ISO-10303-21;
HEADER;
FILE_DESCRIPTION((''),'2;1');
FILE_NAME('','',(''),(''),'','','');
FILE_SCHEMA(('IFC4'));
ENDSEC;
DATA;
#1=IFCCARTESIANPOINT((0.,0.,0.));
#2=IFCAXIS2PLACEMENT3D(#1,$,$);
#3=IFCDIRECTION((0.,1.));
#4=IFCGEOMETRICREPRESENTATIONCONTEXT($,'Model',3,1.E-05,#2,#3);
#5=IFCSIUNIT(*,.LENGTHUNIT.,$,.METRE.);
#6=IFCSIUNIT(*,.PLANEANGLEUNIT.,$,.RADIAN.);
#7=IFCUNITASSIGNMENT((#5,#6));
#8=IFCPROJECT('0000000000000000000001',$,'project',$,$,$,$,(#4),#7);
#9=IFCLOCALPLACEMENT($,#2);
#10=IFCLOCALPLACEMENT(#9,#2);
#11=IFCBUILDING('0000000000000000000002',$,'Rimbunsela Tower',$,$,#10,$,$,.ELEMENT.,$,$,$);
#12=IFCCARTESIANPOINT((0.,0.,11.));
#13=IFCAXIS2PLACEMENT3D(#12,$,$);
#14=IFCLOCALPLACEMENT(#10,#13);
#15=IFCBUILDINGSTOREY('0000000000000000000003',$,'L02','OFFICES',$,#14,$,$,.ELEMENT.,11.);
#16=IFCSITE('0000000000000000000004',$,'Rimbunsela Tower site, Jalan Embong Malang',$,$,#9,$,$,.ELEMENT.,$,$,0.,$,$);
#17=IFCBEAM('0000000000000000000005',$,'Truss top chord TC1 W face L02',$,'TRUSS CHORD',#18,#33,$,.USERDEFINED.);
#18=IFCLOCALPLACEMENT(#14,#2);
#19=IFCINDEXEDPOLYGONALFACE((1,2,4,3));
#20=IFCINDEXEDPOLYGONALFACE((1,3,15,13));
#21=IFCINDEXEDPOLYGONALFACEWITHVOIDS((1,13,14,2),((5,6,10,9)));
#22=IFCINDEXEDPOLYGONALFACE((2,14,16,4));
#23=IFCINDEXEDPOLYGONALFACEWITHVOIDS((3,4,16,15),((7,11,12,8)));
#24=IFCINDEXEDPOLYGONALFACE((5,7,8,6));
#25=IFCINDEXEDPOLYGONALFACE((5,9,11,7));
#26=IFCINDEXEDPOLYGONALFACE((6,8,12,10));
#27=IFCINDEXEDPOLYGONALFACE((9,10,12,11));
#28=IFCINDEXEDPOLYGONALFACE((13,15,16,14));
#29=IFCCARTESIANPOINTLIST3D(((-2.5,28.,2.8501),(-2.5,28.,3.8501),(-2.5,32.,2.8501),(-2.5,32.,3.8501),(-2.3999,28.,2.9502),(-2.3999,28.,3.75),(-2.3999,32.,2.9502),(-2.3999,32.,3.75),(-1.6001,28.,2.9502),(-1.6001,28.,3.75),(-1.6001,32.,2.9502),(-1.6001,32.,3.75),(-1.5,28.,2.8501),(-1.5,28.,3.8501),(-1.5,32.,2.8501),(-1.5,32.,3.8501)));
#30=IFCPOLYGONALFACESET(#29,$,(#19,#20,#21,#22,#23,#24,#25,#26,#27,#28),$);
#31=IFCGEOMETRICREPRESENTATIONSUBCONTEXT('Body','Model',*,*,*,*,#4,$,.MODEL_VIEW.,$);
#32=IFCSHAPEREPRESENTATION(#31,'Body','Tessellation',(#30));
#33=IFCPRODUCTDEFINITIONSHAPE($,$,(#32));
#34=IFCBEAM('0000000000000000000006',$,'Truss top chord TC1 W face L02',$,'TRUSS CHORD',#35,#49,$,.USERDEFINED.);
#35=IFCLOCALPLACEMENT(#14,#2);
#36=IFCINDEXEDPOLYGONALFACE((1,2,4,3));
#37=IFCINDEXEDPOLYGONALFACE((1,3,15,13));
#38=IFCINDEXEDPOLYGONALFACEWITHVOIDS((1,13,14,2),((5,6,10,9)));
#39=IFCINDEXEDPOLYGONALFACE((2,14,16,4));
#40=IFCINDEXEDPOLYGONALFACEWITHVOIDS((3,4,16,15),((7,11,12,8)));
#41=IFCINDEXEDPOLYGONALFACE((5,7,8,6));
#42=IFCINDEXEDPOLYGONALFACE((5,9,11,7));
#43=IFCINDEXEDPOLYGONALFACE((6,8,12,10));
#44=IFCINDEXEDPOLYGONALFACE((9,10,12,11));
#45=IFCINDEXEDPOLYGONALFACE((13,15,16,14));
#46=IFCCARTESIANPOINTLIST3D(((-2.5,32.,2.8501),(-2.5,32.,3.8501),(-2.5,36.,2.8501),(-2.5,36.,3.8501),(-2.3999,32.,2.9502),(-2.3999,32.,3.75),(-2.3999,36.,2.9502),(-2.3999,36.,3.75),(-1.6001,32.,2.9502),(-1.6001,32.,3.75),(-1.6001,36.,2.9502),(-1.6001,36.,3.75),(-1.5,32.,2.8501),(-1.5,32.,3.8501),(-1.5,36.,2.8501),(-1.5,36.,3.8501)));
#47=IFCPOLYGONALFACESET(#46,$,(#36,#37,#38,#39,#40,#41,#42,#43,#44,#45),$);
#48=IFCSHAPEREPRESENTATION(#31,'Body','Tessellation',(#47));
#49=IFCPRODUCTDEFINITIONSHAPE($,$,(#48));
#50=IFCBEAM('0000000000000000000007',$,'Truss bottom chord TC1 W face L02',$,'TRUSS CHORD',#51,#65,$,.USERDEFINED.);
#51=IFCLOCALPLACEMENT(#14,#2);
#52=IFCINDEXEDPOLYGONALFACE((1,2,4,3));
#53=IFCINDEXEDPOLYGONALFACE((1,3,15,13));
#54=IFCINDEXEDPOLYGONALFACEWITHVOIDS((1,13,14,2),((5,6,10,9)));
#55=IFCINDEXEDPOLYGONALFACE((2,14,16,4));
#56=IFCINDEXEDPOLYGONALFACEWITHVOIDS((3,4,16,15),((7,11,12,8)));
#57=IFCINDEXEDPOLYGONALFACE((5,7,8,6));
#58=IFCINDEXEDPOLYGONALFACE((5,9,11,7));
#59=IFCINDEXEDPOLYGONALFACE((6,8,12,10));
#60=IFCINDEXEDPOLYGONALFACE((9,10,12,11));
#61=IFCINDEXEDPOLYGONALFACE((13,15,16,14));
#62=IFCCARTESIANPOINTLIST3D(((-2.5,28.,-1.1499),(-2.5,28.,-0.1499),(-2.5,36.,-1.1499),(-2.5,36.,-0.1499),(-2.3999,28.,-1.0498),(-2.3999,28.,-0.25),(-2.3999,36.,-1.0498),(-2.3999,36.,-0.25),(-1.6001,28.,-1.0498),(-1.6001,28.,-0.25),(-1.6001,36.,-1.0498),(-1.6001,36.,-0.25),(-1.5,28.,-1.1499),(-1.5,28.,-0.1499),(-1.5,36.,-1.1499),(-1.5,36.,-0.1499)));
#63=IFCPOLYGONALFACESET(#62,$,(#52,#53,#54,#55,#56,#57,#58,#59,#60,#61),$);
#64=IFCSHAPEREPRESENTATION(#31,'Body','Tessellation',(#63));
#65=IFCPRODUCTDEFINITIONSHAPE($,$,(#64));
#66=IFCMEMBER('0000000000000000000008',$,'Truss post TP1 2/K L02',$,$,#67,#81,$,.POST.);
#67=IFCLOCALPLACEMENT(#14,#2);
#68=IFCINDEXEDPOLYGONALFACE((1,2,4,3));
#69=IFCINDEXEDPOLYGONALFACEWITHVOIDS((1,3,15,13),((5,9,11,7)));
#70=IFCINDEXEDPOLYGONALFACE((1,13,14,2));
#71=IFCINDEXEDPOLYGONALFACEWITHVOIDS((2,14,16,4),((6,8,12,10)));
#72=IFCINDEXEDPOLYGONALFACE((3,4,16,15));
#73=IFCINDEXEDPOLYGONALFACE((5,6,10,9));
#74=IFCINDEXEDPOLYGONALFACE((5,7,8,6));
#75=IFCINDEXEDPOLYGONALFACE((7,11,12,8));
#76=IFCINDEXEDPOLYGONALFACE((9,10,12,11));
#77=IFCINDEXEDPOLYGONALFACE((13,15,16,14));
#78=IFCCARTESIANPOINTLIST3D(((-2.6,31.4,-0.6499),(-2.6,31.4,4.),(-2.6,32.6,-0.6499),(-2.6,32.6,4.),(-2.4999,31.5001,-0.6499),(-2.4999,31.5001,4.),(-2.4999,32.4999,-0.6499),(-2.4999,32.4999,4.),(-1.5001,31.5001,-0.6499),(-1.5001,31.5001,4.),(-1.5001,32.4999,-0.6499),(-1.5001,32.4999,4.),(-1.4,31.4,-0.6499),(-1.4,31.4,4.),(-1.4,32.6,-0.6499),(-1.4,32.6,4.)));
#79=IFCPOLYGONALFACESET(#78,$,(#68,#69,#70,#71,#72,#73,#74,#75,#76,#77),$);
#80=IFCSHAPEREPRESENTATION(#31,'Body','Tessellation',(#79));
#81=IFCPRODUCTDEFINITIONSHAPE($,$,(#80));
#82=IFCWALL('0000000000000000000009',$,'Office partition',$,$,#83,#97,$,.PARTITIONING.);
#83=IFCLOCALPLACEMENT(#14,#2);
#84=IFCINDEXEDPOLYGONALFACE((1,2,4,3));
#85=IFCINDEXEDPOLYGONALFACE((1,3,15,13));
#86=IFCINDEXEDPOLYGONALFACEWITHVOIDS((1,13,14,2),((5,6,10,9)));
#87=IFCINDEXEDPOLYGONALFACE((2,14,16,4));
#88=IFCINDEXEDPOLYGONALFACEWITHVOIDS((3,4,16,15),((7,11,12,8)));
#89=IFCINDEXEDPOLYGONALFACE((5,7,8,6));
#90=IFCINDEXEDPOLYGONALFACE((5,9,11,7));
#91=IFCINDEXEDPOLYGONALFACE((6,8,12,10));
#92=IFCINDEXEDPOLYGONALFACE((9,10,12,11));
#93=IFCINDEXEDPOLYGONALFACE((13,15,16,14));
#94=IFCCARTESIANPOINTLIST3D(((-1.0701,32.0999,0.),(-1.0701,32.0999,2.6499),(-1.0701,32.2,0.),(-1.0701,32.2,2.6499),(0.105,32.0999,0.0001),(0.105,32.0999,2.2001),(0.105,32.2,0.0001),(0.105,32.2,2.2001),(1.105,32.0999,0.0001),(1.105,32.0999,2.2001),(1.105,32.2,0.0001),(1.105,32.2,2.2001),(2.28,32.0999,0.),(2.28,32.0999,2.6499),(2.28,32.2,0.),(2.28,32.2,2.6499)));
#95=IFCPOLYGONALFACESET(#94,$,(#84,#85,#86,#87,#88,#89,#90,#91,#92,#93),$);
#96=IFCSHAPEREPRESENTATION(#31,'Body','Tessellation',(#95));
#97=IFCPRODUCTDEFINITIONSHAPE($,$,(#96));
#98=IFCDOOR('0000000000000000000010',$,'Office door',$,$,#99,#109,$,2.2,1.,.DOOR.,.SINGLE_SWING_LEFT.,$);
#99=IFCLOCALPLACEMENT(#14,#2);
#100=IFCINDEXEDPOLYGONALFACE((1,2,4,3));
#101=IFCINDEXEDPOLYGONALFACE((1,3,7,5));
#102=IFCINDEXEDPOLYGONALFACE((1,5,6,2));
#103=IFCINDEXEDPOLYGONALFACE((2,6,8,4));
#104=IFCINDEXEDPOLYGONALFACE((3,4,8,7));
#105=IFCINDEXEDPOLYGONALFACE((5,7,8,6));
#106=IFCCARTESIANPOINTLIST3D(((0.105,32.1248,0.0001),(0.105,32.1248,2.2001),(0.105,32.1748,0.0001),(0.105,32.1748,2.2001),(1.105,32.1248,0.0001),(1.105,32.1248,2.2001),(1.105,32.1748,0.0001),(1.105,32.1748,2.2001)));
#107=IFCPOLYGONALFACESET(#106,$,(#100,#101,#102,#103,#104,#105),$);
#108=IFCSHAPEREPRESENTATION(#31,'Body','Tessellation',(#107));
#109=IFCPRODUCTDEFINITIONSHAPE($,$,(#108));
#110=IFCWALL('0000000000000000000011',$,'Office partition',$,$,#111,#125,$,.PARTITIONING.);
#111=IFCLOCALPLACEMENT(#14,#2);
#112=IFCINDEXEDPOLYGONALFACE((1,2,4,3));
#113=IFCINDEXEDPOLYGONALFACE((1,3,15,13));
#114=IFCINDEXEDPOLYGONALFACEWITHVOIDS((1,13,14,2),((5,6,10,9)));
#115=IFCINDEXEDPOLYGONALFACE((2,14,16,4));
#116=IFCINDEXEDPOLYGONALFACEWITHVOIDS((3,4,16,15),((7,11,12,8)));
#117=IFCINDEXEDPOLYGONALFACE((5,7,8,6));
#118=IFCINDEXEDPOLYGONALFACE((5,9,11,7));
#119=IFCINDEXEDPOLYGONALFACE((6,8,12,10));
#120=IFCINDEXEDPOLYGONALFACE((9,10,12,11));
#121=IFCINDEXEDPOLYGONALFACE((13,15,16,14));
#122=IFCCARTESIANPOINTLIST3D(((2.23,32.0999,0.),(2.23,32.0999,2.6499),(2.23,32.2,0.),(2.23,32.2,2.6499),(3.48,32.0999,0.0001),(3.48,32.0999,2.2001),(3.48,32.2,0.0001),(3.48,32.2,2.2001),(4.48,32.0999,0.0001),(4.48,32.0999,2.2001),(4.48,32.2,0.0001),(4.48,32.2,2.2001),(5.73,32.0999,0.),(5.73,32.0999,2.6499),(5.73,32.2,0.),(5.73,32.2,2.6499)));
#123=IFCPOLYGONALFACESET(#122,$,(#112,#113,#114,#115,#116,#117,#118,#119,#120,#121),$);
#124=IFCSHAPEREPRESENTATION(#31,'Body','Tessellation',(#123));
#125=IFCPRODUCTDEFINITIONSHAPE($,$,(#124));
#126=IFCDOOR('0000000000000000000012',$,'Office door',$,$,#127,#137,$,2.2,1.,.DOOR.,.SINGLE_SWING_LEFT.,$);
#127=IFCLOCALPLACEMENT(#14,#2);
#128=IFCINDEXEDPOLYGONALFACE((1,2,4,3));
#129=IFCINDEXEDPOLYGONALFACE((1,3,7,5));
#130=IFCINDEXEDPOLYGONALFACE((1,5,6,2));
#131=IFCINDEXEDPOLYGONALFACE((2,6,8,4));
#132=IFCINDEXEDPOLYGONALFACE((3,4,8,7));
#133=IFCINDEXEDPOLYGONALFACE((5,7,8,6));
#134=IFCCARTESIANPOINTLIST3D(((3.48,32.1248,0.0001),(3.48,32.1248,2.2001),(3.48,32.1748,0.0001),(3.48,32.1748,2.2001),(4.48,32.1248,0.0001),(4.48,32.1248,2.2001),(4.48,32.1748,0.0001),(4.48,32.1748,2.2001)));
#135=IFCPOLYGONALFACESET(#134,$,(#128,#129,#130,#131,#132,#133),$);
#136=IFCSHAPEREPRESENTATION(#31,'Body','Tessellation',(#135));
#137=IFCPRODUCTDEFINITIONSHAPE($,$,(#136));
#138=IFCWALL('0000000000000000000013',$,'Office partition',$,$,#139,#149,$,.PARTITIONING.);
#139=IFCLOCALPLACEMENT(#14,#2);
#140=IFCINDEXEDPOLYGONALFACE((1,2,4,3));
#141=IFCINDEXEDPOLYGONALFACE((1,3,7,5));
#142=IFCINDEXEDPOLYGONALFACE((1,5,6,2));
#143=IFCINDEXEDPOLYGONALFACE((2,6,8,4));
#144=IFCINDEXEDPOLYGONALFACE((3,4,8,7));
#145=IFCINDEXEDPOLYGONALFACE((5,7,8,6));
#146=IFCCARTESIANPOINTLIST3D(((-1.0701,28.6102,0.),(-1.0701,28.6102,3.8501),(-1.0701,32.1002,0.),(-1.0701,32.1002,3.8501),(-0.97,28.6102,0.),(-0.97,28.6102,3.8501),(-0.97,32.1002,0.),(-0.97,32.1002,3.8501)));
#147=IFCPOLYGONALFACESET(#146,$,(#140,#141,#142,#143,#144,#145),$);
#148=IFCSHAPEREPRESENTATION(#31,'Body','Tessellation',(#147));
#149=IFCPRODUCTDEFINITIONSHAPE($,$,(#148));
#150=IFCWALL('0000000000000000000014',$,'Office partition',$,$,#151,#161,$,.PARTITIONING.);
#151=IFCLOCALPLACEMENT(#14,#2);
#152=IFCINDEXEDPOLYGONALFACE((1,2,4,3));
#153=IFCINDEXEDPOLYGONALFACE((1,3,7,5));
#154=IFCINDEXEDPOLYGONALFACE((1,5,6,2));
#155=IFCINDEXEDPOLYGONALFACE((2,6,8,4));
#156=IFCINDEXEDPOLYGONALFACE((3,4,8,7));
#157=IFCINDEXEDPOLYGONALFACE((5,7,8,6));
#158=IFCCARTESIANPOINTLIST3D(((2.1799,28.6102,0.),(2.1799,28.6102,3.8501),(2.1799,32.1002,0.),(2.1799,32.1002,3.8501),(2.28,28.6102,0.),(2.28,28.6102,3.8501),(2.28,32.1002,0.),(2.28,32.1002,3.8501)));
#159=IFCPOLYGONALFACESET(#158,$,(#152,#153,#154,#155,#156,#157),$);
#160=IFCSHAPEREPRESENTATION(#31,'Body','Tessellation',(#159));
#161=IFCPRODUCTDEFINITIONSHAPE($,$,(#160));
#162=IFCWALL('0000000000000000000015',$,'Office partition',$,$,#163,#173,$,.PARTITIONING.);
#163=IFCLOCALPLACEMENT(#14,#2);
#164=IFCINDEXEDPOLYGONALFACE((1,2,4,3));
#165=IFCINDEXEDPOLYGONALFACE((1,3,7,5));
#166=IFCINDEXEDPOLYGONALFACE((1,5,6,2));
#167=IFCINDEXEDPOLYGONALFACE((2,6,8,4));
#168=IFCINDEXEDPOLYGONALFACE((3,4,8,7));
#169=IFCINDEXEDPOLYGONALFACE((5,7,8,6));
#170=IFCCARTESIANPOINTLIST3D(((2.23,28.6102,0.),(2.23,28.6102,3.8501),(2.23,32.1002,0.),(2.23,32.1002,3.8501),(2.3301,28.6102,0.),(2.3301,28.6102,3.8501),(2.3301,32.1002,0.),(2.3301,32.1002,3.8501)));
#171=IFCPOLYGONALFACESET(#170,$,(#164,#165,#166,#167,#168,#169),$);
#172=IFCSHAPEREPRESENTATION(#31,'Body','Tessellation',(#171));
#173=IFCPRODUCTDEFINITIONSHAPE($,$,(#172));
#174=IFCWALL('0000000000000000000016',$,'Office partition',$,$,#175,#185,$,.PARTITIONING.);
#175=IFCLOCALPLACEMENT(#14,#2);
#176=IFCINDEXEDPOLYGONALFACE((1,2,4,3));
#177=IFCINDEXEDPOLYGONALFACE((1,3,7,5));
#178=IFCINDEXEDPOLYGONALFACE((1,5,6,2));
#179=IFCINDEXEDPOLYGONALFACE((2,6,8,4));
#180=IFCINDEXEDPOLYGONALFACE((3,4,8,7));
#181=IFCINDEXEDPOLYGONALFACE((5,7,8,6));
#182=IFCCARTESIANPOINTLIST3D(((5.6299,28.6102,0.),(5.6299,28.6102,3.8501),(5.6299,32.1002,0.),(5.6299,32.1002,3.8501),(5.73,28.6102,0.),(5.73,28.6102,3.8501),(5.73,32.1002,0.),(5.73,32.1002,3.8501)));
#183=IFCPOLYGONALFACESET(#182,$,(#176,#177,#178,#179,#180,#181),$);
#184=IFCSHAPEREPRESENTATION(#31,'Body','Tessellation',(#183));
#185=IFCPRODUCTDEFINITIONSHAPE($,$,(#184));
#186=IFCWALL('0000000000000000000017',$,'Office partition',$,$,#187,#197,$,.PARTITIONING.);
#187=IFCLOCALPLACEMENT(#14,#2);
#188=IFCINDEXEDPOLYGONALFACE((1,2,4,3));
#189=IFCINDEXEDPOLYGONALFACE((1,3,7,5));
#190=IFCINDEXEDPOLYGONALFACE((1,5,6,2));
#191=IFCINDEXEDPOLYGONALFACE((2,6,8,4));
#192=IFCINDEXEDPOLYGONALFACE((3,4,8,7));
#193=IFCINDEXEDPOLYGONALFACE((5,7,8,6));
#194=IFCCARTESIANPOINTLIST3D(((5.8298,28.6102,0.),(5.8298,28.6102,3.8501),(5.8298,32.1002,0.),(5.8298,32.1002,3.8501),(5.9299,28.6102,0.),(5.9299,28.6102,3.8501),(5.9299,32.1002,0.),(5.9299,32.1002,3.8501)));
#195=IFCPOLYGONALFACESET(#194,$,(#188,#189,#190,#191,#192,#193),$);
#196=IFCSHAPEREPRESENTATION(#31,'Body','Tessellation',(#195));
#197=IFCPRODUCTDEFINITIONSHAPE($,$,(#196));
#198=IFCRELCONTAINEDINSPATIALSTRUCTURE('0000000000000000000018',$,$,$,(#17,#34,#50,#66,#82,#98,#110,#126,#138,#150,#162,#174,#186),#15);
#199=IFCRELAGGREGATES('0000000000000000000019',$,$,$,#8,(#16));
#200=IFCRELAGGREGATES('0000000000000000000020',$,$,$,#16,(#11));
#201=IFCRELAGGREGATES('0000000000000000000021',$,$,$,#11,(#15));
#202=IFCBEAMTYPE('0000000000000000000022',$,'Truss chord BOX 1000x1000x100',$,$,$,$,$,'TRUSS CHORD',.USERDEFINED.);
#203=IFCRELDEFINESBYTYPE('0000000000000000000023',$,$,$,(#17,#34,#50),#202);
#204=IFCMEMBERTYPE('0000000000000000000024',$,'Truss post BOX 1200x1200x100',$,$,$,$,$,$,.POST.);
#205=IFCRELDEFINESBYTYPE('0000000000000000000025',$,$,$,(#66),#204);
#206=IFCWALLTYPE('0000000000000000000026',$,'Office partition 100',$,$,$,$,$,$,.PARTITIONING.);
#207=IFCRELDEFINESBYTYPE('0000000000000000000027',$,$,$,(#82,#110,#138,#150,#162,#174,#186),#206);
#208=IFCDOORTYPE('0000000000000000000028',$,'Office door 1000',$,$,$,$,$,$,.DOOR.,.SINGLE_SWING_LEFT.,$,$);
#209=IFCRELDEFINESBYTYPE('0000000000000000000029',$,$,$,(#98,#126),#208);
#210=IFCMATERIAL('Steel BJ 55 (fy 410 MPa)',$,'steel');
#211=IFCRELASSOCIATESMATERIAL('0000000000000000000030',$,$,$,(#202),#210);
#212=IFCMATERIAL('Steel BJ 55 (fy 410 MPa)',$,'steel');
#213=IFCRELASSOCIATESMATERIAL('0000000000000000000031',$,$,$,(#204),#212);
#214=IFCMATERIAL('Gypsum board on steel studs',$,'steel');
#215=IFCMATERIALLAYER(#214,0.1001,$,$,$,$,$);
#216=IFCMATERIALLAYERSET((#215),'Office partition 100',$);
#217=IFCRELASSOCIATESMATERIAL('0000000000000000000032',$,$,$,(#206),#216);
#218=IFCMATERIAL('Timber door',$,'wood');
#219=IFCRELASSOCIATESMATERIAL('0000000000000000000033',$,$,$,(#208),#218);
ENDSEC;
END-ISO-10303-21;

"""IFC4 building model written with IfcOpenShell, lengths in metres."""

from ifc_helpers import new_model, si_unit, direction, frame, frame_2d, origin, origin_2d, place, context, subcontext, project, spatial, rectangle, hollow_rectangle, extrude, material, layer, layer_set, material_profile, profile_set, type_object, element, fill, save


model = new_model("IFC4")

# Units and contexts
model_context = context("Model", 3, precision=1e-05, world=origin(), true_north=direction((0.0, 1.0)))
body_context = subcontext(model_context, "Body", "Model", "MODEL_VIEW")
ifc_project = project(units=[si_unit("LENGTHUNIT", "METRE"), si_unit("PLANEANGLEUNIT", "RADIAN")], contexts=[model_context])

# Site, building, storey
site_placement = place(None, origin())
site = spatial("IfcSite", under=ifc_project, at=site_placement, Name="Rimbunsela Tower site, Jalan Embong Malang", CompositionType="ELEMENT", RefElevation=0.0)
building_placement = place(site_placement, origin())
building = spatial("IfcBuilding", under=site, at=building_placement, Name="Rimbunsela Tower", CompositionType="ELEMENT")
storey_placement = place(building_placement, frame((0.0, 0.0, 11.0)))
storey = spatial("IfcBuildingStorey", under=building, at=storey_placement, Name="L02", Description="OFFICES", CompositionType="ELEMENT", Elevation=11.0)

# Beams
ifc_material_1 = material(Name="Steel BJ 55 (fy 410 MPa)", Category="steel")
ifc_material_profile_1 = material_profile(ifc_material_1, hollow_rectangle(XDim=1.0, YDim=1.0, WallThickness=0.1001, at=origin_2d()), Name="BOX 1000x1000x100")
ifc_profile_set_1 = profile_set([ifc_material_profile_1], Name="Steel BJ 55 (fy 410 MPa)")
beam_type_1 = type_object("IfcBeamType", Name="Truss chord BOX 1000x1000x100", ElementType="TRUSS CHORD", PredefinedType="USERDEFINED", material=ifc_profile_set_1)
for number, where, z_axis, x_axis, name in (
    (1, (-2.0, 28.0, 3.3501), (0.0, 1.0, 0.0), (-1.0, 0.0, 0.0), "Truss top chord TC1 W face L02"),
    (2, (-2.0, 32.0, 3.3501), (0.0, 1.0, 0.0), (-1.0, 0.0, 0.0), "Truss top chord TC1 W face L02"),
):
    element("IfcBeam", number, at=place(storey_placement, frame(where, z_axis=z_axis, x_axis=x_axis)), inside=storey, type_object=beam_type_1, Name=name, ObjectType="TRUSS CHORD", PredefinedType="USERDEFINED", context=body_context, shape_type="SweptSolid", body=[
        extrude(hollow_rectangle(XDim=1.0, YDim=1.0, WallThickness=0.1001, at=origin_2d()), origin(), (0.0, 0.0, 1.0), 4.0),
    ])
beam_1_placement = place(storey_placement, frame((-2.0, 28.0, -0.6499), z_axis=(0.0, 1.0, 0.0), x_axis=(-1.0, 0.0, 0.0)))
element("IfcBeam", 3, at=beam_1_placement, inside=storey, type_object=beam_type_1, Name="Truss bottom chord TC1 W face L02", ObjectType="TRUSS CHORD", PredefinedType="USERDEFINED", context=body_context, shape_type="SweptSolid", body=[
    extrude(hollow_rectangle(XDim=1.0, YDim=1.0, WallThickness=0.1001, at=origin_2d()), origin(), (0.0, 0.0, 1.0), 8.0),
])

# Member
ifc_material_2 = material(Name="Steel BJ 55 (fy 410 MPa)", Category="steel")
ifc_material_profile_2 = material_profile(ifc_material_2, hollow_rectangle(XDim=1.2, YDim=1.2, WallThickness=0.1001, at=origin_2d()), Name="BOX 1200x1200x100")
ifc_profile_set_2 = profile_set([ifc_material_profile_2], Name="Steel BJ 55 (fy 410 MPa)")
member_type_1 = type_object("IfcMemberType", Name="Truss post BOX 1200x1200x100", PredefinedType="POST", material=ifc_profile_set_2)
member_placement = place(storey_placement, frame((-2.0, 32.0, -0.6499), z_axis=(0.0, 0.0, 1.0), x_axis=(1.0, 0.0, 0.0)))
element("IfcMember", 4, at=member_placement, inside=storey, type_object=member_type_1, Name="Truss post TP1 2/K L02", PredefinedType="POST", context=body_context, shape_type="SweptSolid", body=[
    extrude(hollow_rectangle(XDim=1.2, YDim=1.2, WallThickness=0.1001, at=origin_2d()), origin(), (0.0, 0.0, 1.0), 4.6499),
])

# Walls, openings, doors
ifc_material_3 = material(Name="Gypsum board on steel studs", Category="steel")
ifc_layer_1 = layer(ifc_material_3, 0.1001)
ifc_layer_set_1 = layer_set([ifc_layer_1], Name="Office partition 100")
wall_type_1 = type_object("IfcWallType", Name="Office partition 100", PredefinedType="PARTITIONING", material=ifc_layer_set_1)
wall_1_placement = place(storey_placement, frame((-1.0701, 32.1499, 0.0), z_axis=(0.0, 0.0, 1.0), x_axis=(1.0, 0.0, 0.0)))
wall_1 = element("IfcWall", 5, at=wall_1_placement, inside=storey, type_object=wall_type_1, Name="Office partition", PredefinedType="PARTITIONING", context=body_context, shape_type="SweptSolid", body=[
    extrude(rectangle(XDim=3.3501, YDim=0.1001, at=frame_2d((1.675, 0.0))), origin(), (0.0, 0.0, 1.0), 2.6499),
])
opening_1_placement = place(wall_1_placement, frame((1.175, 0.0, 0.0)))
opening_1 = element("IfcOpeningElement", 6, at=opening_1_placement, cuts=wall_1, PredefinedType="OPENING", context=body_context, shape_type="SweptSolid", body=[
    extrude(rectangle(XDim=1.0, YDim=2.2, at=frame_2d((0.5, 1.1001))), frame((0.0, 0.0601, 0.0), z_axis=(0.0, -1.0, 0.0), x_axis=(1.0, 0.0, 0.0)), (0.0, 0.0, 1.0), 0.1201),
])
ifc_material_4 = material(Name="Timber door", Category="wood")
door_type = type_object("IfcDoorType", Name="Office door 1000", OperationType="SINGLE_SWING_LEFT", PredefinedType="DOOR", material=ifc_material_4)
door_1_placement = place(opening_1_placement, origin())
door_1 = element("IfcDoor", 7, at=door_1_placement, inside=storey, type_object=door_type, Name="Office door", OperationType="SINGLE_SWING_LEFT", OverallHeight=2.2, OverallWidth=1.0, PredefinedType="DOOR", context=body_context, shape_type="SweptSolid", body=[
    extrude(rectangle(XDim=1.0, YDim=2.2, at=frame_2d((0.5, 1.1001))), frame((0.0, 0.0249, 0.0), z_axis=(0.0, -1.0, 0.0), x_axis=(1.0, 0.0, 0.0)), (0.0, 0.0, 1.0), 0.05),
])
fill(opening_1, door_1)
wall_2_placement = place(storey_placement, frame((2.23, 32.1499, 0.0), z_axis=(0.0, 0.0, 1.0), x_axis=(1.0, 0.0, 0.0)))
wall_2 = element("IfcWall", 8, at=wall_2_placement, inside=storey, type_object=wall_type_1, Name="Office partition", PredefinedType="PARTITIONING", context=body_context, shape_type="SweptSolid", body=[
    extrude(rectangle(XDim=3.5, YDim=0.1001, at=frame_2d((1.75, 0.0))), origin(), (0.0, 0.0, 1.0), 2.6499),
])
opening_2_placement = place(wall_2_placement, frame((1.25, 0.0, 0.0)))
opening_2 = element("IfcOpeningElement", 9, at=opening_2_placement, cuts=wall_2, PredefinedType="OPENING", context=body_context, shape_type="SweptSolid", body=[
    extrude(rectangle(XDim=1.0, YDim=2.2, at=frame_2d((0.5, 1.1001))), frame((0.0, 0.0601, 0.0), z_axis=(0.0, -1.0, 0.0), x_axis=(1.0, 0.0, 0.0)), (0.0, 0.0, 1.0), 0.1201),
])
door_2_placement = place(opening_2_placement, origin())
door_2 = element("IfcDoor", 10, at=door_2_placement, inside=storey, type_object=door_type, Name="Office door", OperationType="SINGLE_SWING_LEFT", OverallHeight=2.2, OverallWidth=1.0, PredefinedType="DOOR", context=body_context, shape_type="SweptSolid", body=[
    extrude(rectangle(XDim=1.0, YDim=2.2, at=frame_2d((0.5, 1.1001))), frame((0.0, 0.0249, 0.0), z_axis=(0.0, -1.0, 0.0), x_axis=(1.0, 0.0, 0.0)), (0.0, 0.0, 1.0), 0.05),
])
fill(opening_2, door_2)

# Walls
for number, where, z_axis, x_axis, name in (
    (11, (-1.02, 28.6101, 0.0), (0.0, 0.0, 1.0), (0.0, 1.0, 0.0), "Office partition"),
    (12, (2.23, 28.6101, 0.0), (0.0, 0.0, 1.0), (0.0, 1.0, 0.0), "Office partition"),
    (13, (2.28, 28.6101, 0.0), (0.0, 0.0, 1.0), (0.0, 1.0, 0.0), "Office partition"),
    (14, (5.6799, 28.6101, 0.0), (0.0, 0.0, 1.0), (0.0, 1.0, 0.0), "Office partition"),
    (15, (5.8799, 28.6101, 0.0), (0.0, 0.0, 1.0), (0.0, 1.0, 0.0), "Office partition"),
):
    element("IfcWall", number, at=place(storey_placement, frame(where, z_axis=z_axis, x_axis=x_axis)), inside=storey, type_object=wall_type_1, Name=name, PredefinedType="PARTITIONING", context=body_context, shape_type="SweptSolid", body=[
        extrude(rectangle(XDim=3.49, YDim=0.1001, at=frame_2d((1.7451, 0.0))), origin(), (0.0, 0.0, 1.0), 3.8501),
    ])

save(model, "model.ifc")
